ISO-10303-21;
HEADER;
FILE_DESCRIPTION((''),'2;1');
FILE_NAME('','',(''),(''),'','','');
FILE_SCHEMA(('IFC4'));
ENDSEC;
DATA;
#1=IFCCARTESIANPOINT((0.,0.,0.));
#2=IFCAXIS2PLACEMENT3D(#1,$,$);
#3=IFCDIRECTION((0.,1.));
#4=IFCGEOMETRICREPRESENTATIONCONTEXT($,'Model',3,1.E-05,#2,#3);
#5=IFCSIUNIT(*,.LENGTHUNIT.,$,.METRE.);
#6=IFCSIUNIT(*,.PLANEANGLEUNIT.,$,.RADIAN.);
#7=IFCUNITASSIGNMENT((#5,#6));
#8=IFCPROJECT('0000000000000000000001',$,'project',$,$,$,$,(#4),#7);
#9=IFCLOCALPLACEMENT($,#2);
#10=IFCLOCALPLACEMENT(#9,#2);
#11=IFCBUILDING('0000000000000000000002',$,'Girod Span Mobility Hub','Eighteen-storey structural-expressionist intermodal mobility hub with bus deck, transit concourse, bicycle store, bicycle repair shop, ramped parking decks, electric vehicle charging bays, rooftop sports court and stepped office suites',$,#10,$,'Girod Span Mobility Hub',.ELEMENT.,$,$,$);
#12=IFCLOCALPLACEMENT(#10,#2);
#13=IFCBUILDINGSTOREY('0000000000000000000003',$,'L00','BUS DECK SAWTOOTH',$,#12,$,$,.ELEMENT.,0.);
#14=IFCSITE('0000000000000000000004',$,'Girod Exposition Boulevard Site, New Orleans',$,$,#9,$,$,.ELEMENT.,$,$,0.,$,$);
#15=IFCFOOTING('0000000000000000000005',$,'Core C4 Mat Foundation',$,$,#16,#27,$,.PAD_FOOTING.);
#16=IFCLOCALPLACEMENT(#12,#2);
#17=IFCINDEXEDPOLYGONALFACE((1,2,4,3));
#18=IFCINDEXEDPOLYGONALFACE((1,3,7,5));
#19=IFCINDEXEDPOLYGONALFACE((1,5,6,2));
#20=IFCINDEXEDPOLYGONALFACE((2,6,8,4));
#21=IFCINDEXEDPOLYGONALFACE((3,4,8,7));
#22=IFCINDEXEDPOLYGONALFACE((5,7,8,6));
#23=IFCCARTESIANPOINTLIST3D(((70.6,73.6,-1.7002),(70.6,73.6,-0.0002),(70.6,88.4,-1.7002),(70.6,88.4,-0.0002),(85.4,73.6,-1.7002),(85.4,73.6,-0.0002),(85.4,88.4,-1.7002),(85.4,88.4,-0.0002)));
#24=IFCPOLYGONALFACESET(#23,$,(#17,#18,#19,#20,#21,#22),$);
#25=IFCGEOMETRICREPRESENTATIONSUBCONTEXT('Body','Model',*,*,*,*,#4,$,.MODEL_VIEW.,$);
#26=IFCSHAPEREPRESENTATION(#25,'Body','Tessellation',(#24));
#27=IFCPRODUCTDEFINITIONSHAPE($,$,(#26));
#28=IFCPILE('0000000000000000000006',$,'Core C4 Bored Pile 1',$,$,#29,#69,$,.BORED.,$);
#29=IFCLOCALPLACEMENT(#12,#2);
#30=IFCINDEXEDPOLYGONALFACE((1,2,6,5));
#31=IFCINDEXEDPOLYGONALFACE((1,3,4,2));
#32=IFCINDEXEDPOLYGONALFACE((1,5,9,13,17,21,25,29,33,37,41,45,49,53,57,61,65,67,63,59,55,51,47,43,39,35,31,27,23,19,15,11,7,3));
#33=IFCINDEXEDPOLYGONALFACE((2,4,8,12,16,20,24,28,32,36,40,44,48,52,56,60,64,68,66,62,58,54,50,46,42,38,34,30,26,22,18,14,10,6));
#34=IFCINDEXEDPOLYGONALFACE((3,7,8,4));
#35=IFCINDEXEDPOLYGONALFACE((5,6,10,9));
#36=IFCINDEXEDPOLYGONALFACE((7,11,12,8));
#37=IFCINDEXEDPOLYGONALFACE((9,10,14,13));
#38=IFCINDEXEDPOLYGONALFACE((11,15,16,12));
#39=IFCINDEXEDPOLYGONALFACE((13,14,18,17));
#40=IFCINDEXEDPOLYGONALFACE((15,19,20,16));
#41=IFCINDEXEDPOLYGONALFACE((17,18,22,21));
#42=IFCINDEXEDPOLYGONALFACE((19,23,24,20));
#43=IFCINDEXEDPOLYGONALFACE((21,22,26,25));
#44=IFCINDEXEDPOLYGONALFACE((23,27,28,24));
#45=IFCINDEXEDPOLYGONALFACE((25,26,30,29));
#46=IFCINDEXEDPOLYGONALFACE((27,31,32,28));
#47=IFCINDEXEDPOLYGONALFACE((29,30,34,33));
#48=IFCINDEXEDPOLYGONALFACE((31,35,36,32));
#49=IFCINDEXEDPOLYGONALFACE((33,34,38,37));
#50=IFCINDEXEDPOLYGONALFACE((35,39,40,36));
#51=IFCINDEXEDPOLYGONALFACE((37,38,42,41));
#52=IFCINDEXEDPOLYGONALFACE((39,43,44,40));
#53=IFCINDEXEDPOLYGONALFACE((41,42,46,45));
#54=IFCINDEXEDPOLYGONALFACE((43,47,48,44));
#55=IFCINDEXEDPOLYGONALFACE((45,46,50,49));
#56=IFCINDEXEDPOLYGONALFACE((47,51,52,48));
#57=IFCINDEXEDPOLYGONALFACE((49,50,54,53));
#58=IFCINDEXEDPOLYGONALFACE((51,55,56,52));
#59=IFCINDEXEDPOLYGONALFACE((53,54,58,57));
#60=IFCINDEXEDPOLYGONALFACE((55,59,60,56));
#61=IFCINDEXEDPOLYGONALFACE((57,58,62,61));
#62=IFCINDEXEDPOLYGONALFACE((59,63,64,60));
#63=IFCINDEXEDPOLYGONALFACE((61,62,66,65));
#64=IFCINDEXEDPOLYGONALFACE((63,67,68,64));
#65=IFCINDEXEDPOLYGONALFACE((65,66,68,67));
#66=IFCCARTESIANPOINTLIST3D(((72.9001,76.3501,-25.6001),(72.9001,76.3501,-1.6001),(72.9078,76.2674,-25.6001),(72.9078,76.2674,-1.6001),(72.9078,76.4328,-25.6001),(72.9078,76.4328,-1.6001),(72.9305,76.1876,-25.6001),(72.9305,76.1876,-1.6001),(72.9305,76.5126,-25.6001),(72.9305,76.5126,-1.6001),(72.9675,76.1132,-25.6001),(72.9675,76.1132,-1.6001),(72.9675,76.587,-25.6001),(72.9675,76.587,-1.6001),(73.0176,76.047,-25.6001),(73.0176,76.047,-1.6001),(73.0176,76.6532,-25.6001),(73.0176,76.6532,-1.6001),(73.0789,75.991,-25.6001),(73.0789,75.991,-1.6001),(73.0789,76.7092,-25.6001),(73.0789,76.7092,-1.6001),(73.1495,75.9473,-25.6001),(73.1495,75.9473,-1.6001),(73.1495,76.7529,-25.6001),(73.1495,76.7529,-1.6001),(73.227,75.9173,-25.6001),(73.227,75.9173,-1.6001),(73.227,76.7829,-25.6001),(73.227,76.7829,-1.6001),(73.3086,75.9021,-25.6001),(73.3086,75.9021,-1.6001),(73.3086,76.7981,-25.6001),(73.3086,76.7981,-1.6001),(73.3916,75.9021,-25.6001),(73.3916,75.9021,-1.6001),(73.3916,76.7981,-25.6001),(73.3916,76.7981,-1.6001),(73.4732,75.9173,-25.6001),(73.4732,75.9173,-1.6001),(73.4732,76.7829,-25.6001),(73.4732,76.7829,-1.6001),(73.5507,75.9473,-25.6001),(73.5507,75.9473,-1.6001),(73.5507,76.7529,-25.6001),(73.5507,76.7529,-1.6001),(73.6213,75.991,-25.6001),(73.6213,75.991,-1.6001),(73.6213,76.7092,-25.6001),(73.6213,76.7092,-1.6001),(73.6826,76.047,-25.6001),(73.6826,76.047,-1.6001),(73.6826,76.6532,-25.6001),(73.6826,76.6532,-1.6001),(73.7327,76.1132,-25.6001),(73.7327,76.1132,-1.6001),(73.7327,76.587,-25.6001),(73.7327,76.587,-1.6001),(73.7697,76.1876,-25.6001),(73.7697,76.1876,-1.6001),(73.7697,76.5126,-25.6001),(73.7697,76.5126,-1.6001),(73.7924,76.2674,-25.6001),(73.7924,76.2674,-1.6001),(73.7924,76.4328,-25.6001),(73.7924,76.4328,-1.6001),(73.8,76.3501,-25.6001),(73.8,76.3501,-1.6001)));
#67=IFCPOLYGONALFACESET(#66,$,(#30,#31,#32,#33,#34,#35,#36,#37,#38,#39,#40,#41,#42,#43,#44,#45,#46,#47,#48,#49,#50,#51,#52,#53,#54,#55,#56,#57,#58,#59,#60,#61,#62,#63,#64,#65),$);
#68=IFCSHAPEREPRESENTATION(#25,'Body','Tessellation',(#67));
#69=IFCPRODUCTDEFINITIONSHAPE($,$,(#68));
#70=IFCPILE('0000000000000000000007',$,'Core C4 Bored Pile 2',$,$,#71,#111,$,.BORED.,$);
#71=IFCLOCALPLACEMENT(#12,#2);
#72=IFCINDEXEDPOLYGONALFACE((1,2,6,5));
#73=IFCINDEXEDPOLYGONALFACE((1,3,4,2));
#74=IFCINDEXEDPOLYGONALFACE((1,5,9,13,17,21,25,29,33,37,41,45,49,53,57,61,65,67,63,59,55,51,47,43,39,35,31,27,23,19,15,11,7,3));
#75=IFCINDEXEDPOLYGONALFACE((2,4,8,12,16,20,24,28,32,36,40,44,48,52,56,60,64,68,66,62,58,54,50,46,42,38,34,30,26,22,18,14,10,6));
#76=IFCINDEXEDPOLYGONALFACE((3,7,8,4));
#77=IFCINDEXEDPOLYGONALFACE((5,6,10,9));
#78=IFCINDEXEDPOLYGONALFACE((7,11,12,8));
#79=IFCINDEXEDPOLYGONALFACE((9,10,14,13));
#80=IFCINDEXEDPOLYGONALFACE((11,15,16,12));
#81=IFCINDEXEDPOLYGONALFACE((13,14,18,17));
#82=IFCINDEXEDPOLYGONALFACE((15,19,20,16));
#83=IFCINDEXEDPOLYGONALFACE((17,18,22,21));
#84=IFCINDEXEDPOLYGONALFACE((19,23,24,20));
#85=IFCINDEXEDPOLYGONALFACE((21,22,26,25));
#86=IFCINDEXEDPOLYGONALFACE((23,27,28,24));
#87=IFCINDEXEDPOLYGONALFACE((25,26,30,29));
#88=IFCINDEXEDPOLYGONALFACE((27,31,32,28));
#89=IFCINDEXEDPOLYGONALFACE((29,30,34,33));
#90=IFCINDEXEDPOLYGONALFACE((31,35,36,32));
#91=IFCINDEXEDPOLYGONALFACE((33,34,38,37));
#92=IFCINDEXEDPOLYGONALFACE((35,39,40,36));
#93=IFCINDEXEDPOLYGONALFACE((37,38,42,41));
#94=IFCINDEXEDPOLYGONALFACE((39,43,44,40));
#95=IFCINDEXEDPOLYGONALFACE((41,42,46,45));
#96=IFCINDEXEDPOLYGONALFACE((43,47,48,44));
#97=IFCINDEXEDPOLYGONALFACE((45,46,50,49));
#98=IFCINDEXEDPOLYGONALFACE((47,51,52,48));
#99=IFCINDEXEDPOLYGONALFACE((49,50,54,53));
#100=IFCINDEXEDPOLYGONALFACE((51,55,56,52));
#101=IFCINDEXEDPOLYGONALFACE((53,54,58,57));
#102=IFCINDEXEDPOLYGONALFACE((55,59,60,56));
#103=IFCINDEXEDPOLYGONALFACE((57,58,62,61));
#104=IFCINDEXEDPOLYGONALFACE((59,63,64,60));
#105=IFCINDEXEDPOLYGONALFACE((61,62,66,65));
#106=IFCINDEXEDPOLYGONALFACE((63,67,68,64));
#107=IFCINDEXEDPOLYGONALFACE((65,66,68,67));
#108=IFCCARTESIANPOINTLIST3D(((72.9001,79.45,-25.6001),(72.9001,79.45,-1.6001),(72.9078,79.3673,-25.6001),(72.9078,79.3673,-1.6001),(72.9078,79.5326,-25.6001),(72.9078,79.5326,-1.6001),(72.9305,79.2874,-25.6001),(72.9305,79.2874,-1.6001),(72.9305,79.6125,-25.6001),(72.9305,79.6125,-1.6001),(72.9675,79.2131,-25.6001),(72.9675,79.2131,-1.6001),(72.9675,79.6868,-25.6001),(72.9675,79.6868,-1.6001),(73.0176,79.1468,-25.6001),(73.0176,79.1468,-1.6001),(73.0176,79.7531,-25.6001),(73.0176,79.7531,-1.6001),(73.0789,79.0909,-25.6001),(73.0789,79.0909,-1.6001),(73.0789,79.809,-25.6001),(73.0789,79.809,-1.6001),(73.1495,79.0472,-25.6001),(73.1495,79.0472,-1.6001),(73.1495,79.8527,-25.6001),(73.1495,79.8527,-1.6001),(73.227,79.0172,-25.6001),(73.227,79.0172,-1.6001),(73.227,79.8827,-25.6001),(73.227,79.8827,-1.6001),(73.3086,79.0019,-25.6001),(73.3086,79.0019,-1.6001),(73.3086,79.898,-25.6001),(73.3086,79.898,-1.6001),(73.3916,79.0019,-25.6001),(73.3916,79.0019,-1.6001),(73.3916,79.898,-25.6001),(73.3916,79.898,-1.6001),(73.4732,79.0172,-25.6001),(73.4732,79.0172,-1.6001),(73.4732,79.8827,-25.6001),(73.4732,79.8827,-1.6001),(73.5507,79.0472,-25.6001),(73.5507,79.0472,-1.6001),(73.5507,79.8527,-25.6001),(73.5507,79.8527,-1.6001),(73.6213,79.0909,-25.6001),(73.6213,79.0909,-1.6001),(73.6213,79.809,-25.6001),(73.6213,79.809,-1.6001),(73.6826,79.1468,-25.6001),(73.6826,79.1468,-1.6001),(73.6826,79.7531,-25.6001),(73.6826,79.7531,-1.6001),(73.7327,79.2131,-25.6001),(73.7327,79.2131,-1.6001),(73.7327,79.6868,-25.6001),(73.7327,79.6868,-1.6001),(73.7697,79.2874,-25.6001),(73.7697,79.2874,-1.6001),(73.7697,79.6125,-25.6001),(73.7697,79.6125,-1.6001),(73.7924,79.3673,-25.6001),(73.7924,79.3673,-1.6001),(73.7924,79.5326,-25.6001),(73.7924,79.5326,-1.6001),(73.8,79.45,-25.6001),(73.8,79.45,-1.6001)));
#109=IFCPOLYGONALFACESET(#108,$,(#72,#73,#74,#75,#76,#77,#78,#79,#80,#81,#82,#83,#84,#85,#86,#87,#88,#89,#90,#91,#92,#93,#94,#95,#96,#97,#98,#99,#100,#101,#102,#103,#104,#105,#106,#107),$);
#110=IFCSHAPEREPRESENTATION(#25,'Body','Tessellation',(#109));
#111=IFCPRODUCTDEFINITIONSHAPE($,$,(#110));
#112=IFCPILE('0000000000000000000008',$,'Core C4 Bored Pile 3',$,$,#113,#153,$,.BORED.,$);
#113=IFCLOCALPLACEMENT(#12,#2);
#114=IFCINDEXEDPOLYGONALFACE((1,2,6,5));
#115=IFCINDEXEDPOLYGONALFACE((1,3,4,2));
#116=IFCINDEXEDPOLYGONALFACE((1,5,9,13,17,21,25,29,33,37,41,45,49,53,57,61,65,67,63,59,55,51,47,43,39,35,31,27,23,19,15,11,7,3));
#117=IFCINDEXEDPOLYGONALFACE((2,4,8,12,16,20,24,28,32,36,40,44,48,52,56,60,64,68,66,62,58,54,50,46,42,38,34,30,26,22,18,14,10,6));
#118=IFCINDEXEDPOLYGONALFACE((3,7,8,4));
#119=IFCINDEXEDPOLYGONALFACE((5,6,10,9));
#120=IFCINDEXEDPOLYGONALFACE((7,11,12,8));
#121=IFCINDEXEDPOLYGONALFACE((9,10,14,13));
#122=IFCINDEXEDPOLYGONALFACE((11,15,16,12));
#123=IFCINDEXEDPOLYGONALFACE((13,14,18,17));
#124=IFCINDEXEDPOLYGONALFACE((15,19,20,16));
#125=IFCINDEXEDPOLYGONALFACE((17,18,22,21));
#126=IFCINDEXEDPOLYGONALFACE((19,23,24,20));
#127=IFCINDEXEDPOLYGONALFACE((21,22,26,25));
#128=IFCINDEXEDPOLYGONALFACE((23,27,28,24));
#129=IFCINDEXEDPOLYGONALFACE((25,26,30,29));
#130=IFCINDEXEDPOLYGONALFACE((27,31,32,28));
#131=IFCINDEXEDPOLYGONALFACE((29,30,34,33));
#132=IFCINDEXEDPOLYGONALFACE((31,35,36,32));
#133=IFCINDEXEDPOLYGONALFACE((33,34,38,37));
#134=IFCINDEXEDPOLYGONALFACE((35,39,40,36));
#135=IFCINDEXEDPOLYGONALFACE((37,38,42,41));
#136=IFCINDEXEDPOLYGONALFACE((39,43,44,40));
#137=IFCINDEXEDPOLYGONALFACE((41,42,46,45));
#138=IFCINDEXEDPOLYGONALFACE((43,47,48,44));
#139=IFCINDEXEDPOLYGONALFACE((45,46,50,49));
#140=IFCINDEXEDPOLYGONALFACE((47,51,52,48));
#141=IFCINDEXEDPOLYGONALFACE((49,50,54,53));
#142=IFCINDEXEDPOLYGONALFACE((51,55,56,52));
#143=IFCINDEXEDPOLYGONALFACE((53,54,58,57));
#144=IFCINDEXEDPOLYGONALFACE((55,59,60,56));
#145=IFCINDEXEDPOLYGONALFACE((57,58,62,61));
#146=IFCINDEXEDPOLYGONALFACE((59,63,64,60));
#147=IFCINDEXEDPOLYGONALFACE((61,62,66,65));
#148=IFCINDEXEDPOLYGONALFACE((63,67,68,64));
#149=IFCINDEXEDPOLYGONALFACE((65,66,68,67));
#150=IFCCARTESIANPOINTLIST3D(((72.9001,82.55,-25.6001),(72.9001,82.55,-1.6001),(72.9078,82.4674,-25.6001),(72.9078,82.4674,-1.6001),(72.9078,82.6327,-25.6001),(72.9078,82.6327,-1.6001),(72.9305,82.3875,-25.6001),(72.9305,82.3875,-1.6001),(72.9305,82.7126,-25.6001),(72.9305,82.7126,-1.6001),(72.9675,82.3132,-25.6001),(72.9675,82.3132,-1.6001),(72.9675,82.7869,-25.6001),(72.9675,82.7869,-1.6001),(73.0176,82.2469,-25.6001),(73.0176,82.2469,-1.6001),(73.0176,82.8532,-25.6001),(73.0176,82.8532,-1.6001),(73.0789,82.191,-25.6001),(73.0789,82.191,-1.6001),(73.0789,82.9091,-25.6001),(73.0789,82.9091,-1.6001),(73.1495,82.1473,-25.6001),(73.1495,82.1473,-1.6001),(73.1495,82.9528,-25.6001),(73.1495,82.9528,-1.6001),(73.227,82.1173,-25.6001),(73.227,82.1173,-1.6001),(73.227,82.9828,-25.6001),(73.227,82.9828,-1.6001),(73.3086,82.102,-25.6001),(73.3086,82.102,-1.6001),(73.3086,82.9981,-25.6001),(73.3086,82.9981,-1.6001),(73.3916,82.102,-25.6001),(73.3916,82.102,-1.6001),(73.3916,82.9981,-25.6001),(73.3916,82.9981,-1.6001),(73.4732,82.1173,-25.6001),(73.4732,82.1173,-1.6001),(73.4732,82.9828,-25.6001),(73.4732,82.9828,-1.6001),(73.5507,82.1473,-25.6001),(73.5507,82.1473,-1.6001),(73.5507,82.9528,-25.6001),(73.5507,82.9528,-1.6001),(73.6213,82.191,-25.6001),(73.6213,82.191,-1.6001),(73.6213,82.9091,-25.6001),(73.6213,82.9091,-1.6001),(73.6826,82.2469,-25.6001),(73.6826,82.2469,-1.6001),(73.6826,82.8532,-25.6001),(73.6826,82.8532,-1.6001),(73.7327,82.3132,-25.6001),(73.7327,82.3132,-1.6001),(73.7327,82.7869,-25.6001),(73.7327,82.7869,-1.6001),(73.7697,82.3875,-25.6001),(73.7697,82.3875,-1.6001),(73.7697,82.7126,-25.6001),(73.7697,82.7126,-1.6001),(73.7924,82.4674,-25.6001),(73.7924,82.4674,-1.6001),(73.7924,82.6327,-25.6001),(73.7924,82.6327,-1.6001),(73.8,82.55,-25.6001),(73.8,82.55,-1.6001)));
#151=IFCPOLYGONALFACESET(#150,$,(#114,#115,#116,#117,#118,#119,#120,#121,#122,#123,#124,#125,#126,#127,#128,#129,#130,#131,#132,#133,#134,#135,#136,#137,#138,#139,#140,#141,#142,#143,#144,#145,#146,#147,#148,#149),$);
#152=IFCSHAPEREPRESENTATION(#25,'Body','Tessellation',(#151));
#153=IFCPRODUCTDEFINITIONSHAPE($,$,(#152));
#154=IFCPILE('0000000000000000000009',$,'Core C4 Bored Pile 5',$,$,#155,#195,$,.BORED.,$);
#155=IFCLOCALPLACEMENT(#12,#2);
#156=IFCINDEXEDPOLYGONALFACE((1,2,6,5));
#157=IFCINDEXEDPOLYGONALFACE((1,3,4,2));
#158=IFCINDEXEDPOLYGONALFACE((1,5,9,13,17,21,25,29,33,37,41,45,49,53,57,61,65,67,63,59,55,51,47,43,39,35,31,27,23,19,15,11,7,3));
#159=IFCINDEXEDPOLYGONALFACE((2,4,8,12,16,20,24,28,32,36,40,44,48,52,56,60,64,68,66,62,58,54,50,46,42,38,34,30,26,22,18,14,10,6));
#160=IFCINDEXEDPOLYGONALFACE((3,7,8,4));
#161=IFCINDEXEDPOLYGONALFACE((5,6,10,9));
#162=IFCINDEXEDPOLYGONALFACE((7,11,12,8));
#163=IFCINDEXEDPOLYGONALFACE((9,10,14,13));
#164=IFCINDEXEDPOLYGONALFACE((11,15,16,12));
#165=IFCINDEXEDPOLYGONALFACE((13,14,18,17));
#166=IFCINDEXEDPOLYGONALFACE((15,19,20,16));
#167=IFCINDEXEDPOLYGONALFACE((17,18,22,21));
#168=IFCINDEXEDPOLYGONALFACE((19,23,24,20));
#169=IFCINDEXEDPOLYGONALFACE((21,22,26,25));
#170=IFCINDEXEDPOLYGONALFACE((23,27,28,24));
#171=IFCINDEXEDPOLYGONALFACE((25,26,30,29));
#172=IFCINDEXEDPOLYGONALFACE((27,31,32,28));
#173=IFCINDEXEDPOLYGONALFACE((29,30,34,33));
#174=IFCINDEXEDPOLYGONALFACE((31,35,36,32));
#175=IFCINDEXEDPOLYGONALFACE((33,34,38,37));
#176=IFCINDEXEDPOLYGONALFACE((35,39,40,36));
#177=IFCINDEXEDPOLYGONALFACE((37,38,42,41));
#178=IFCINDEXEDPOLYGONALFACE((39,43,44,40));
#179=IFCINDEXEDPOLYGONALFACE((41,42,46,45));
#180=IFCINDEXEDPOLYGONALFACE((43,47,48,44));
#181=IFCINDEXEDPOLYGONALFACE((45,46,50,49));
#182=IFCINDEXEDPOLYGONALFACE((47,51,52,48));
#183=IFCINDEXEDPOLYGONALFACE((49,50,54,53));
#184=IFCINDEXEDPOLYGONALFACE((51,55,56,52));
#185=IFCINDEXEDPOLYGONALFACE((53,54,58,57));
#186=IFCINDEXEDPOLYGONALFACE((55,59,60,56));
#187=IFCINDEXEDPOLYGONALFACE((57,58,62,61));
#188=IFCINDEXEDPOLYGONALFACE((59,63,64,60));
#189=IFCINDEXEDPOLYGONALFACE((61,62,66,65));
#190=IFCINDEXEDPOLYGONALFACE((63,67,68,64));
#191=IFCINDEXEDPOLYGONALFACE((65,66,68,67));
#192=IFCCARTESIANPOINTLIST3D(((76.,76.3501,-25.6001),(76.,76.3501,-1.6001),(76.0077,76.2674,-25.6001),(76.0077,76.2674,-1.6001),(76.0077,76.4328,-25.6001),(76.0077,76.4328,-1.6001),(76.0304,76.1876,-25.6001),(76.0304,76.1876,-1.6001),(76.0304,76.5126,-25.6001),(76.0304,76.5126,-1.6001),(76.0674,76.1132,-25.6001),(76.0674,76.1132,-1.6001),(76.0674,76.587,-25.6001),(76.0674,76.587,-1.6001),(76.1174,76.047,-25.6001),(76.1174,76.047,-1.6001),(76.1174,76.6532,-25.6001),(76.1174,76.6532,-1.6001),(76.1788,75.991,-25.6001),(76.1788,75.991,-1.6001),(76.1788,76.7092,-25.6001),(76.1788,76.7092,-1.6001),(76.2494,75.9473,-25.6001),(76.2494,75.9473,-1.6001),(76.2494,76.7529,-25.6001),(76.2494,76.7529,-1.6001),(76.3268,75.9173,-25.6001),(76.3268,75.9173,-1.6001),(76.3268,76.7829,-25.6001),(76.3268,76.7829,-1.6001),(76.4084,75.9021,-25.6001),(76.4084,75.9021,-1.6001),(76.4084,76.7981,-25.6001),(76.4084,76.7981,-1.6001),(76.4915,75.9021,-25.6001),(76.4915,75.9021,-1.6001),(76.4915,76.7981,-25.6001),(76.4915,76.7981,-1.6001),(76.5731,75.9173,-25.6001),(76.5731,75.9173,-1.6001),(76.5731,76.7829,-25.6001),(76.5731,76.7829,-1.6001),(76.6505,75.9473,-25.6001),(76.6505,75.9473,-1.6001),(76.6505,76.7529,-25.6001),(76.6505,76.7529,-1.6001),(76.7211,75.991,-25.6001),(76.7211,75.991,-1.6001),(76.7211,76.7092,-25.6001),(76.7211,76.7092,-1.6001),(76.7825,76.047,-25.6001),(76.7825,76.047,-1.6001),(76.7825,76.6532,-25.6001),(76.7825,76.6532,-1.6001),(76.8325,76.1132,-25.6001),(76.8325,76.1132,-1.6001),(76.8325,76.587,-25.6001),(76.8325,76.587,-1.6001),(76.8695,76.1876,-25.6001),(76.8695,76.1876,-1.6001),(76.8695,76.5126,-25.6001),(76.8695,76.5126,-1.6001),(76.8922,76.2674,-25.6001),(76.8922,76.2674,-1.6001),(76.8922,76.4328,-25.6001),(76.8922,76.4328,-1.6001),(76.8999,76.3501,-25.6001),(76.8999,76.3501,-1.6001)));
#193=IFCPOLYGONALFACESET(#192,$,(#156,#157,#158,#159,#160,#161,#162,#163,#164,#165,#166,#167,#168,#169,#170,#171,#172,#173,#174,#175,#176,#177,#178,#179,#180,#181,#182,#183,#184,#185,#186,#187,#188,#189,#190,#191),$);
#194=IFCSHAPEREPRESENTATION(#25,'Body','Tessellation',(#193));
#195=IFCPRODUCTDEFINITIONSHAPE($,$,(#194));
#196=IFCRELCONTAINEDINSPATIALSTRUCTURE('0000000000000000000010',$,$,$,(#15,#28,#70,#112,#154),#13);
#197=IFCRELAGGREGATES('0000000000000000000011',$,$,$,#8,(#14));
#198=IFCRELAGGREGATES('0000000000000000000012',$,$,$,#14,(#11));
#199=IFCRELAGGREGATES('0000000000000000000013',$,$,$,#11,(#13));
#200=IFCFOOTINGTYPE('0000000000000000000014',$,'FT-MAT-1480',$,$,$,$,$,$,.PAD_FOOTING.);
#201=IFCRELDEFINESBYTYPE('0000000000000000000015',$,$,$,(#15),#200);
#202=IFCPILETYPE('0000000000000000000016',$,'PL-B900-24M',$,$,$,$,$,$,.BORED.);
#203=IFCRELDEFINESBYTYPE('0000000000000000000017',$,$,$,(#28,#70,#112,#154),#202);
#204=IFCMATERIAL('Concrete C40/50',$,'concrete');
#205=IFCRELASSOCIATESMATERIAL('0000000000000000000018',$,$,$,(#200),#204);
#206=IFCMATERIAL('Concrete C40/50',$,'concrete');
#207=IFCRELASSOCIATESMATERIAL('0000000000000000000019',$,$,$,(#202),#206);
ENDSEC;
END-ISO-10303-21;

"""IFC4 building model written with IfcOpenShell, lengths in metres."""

from ifc_helpers import new_model, si_unit, direction, frame, origin, origin_2d, place, context, subcontext, project, spatial, rectangle, circle, extrude, material, material_profile, profile_set, type_object, element, save


model = new_model("IFC4")

# Units and contexts
model_context = context("Model", 3, precision=1e-05, world=origin(), true_north=direction((0.0, 1.0)))
body_context = subcontext(model_context, "Body", "Model", "MODEL_VIEW")
ifc_project = project(units=[si_unit("LENGTHUNIT", "METRE"), si_unit("PLANEANGLEUNIT", "RADIAN")], contexts=[model_context])

# Site, building, storey
site_placement = place(None, origin())
site = spatial("IfcSite", under=ifc_project, at=site_placement, Name="Girod Exposition Boulevard Site, New Orleans", CompositionType="ELEMENT", RefElevation=0.0)
building_placement = place(site_placement, origin())
building = spatial("IfcBuilding", under=site, at=building_placement, Name="Girod Span Mobility Hub", Description="Eighteen-storey structural-expressionist intermodal mobility hub with bus deck, transit concourse, bicycle store, bicycle repair shop, ramped parking decks, electric vehicle charging bays, rooftop sports court and stepped office suites", LongName="Girod Span Mobility Hub", CompositionType="ELEMENT")
storey_placement = place(building_placement, origin())
storey = spatial("IfcBuildingStorey", under=building, at=storey_placement, Name="L00", Description="BUS DECK SAWTOOTH", CompositionType="ELEMENT", Elevation=0.0)

# Footing
ifc_material_1 = material(Name="Concrete C40/50", Category="concrete")
footing_type = type_object("IfcFootingType", Name="FT-MAT-1480", PredefinedType="PAD_FOOTING", material=ifc_material_1)
footing_placement = place(storey_placement, frame((78.0, 81.0, -1.7002), z_axis=(0.0, 0.0, 1.0), x_axis=(1.0, 0.0, 0.0)))
element("IfcFooting", 1, at=footing_placement, inside=storey, type_object=footing_type, Name="Core C4 Mat Foundation", PredefinedType="PAD_FOOTING", context=body_context, shape_type="SweptSolid", body=[
    extrude(rectangle(XDim=14.8, YDim=14.8, at=origin_2d()), origin(), (0.0, 0.0, 1.0), 1.7),
])

# Piles
ifc_material_2 = material(Name="Concrete C40/50", Category="concrete")
ifc_material_profile_1 = material_profile(ifc_material_2, circle(Radius=0.45, at=origin_2d()), Name="PILE-D900")
ifc_profile_set_1 = profile_set([ifc_material_profile_1], Name="Concrete C40/50")
pile_type_1 = type_object("IfcPileType", Name="PL-B900-24M", PredefinedType="BORED", material=ifc_profile_set_1)
for number, where, z_axis, x_axis, name in (
    (2, (73.3501, 76.3501, -1.6001), (0.0, 0.0, -1.0), (1.0, 0.0, 0.0), "Core C4 Bored Pile 1"),
    (3, (73.3501, 79.45, -1.6001), (0.0, 0.0, -1.0), (1.0, 0.0, 0.0), "Core C4 Bored Pile 2"),
    (4, (73.3501, 82.55, -1.6001), (0.0, 0.0, -1.0), (1.0, 0.0, 0.0), "Core C4 Bored Pile 3"),
    (5, (76.45, 76.3501, -1.6001), (0.0, 0.0, -1.0), (1.0, 0.0, 0.0), "Core C4 Bored Pile 5"),
):
    element("IfcPile", number, at=place(storey_placement, frame(where, z_axis=z_axis, x_axis=x_axis)), inside=storey, type_object=pile_type_1, Name=name, PredefinedType="BORED", context=body_context, shape_type="SweptSolid", body=[
        extrude(circle(Radius=0.45, at=origin_2d()), origin(), (0.0, 0.0, 1.0), 24.0),
    ])

save(model, "model.ifc")
